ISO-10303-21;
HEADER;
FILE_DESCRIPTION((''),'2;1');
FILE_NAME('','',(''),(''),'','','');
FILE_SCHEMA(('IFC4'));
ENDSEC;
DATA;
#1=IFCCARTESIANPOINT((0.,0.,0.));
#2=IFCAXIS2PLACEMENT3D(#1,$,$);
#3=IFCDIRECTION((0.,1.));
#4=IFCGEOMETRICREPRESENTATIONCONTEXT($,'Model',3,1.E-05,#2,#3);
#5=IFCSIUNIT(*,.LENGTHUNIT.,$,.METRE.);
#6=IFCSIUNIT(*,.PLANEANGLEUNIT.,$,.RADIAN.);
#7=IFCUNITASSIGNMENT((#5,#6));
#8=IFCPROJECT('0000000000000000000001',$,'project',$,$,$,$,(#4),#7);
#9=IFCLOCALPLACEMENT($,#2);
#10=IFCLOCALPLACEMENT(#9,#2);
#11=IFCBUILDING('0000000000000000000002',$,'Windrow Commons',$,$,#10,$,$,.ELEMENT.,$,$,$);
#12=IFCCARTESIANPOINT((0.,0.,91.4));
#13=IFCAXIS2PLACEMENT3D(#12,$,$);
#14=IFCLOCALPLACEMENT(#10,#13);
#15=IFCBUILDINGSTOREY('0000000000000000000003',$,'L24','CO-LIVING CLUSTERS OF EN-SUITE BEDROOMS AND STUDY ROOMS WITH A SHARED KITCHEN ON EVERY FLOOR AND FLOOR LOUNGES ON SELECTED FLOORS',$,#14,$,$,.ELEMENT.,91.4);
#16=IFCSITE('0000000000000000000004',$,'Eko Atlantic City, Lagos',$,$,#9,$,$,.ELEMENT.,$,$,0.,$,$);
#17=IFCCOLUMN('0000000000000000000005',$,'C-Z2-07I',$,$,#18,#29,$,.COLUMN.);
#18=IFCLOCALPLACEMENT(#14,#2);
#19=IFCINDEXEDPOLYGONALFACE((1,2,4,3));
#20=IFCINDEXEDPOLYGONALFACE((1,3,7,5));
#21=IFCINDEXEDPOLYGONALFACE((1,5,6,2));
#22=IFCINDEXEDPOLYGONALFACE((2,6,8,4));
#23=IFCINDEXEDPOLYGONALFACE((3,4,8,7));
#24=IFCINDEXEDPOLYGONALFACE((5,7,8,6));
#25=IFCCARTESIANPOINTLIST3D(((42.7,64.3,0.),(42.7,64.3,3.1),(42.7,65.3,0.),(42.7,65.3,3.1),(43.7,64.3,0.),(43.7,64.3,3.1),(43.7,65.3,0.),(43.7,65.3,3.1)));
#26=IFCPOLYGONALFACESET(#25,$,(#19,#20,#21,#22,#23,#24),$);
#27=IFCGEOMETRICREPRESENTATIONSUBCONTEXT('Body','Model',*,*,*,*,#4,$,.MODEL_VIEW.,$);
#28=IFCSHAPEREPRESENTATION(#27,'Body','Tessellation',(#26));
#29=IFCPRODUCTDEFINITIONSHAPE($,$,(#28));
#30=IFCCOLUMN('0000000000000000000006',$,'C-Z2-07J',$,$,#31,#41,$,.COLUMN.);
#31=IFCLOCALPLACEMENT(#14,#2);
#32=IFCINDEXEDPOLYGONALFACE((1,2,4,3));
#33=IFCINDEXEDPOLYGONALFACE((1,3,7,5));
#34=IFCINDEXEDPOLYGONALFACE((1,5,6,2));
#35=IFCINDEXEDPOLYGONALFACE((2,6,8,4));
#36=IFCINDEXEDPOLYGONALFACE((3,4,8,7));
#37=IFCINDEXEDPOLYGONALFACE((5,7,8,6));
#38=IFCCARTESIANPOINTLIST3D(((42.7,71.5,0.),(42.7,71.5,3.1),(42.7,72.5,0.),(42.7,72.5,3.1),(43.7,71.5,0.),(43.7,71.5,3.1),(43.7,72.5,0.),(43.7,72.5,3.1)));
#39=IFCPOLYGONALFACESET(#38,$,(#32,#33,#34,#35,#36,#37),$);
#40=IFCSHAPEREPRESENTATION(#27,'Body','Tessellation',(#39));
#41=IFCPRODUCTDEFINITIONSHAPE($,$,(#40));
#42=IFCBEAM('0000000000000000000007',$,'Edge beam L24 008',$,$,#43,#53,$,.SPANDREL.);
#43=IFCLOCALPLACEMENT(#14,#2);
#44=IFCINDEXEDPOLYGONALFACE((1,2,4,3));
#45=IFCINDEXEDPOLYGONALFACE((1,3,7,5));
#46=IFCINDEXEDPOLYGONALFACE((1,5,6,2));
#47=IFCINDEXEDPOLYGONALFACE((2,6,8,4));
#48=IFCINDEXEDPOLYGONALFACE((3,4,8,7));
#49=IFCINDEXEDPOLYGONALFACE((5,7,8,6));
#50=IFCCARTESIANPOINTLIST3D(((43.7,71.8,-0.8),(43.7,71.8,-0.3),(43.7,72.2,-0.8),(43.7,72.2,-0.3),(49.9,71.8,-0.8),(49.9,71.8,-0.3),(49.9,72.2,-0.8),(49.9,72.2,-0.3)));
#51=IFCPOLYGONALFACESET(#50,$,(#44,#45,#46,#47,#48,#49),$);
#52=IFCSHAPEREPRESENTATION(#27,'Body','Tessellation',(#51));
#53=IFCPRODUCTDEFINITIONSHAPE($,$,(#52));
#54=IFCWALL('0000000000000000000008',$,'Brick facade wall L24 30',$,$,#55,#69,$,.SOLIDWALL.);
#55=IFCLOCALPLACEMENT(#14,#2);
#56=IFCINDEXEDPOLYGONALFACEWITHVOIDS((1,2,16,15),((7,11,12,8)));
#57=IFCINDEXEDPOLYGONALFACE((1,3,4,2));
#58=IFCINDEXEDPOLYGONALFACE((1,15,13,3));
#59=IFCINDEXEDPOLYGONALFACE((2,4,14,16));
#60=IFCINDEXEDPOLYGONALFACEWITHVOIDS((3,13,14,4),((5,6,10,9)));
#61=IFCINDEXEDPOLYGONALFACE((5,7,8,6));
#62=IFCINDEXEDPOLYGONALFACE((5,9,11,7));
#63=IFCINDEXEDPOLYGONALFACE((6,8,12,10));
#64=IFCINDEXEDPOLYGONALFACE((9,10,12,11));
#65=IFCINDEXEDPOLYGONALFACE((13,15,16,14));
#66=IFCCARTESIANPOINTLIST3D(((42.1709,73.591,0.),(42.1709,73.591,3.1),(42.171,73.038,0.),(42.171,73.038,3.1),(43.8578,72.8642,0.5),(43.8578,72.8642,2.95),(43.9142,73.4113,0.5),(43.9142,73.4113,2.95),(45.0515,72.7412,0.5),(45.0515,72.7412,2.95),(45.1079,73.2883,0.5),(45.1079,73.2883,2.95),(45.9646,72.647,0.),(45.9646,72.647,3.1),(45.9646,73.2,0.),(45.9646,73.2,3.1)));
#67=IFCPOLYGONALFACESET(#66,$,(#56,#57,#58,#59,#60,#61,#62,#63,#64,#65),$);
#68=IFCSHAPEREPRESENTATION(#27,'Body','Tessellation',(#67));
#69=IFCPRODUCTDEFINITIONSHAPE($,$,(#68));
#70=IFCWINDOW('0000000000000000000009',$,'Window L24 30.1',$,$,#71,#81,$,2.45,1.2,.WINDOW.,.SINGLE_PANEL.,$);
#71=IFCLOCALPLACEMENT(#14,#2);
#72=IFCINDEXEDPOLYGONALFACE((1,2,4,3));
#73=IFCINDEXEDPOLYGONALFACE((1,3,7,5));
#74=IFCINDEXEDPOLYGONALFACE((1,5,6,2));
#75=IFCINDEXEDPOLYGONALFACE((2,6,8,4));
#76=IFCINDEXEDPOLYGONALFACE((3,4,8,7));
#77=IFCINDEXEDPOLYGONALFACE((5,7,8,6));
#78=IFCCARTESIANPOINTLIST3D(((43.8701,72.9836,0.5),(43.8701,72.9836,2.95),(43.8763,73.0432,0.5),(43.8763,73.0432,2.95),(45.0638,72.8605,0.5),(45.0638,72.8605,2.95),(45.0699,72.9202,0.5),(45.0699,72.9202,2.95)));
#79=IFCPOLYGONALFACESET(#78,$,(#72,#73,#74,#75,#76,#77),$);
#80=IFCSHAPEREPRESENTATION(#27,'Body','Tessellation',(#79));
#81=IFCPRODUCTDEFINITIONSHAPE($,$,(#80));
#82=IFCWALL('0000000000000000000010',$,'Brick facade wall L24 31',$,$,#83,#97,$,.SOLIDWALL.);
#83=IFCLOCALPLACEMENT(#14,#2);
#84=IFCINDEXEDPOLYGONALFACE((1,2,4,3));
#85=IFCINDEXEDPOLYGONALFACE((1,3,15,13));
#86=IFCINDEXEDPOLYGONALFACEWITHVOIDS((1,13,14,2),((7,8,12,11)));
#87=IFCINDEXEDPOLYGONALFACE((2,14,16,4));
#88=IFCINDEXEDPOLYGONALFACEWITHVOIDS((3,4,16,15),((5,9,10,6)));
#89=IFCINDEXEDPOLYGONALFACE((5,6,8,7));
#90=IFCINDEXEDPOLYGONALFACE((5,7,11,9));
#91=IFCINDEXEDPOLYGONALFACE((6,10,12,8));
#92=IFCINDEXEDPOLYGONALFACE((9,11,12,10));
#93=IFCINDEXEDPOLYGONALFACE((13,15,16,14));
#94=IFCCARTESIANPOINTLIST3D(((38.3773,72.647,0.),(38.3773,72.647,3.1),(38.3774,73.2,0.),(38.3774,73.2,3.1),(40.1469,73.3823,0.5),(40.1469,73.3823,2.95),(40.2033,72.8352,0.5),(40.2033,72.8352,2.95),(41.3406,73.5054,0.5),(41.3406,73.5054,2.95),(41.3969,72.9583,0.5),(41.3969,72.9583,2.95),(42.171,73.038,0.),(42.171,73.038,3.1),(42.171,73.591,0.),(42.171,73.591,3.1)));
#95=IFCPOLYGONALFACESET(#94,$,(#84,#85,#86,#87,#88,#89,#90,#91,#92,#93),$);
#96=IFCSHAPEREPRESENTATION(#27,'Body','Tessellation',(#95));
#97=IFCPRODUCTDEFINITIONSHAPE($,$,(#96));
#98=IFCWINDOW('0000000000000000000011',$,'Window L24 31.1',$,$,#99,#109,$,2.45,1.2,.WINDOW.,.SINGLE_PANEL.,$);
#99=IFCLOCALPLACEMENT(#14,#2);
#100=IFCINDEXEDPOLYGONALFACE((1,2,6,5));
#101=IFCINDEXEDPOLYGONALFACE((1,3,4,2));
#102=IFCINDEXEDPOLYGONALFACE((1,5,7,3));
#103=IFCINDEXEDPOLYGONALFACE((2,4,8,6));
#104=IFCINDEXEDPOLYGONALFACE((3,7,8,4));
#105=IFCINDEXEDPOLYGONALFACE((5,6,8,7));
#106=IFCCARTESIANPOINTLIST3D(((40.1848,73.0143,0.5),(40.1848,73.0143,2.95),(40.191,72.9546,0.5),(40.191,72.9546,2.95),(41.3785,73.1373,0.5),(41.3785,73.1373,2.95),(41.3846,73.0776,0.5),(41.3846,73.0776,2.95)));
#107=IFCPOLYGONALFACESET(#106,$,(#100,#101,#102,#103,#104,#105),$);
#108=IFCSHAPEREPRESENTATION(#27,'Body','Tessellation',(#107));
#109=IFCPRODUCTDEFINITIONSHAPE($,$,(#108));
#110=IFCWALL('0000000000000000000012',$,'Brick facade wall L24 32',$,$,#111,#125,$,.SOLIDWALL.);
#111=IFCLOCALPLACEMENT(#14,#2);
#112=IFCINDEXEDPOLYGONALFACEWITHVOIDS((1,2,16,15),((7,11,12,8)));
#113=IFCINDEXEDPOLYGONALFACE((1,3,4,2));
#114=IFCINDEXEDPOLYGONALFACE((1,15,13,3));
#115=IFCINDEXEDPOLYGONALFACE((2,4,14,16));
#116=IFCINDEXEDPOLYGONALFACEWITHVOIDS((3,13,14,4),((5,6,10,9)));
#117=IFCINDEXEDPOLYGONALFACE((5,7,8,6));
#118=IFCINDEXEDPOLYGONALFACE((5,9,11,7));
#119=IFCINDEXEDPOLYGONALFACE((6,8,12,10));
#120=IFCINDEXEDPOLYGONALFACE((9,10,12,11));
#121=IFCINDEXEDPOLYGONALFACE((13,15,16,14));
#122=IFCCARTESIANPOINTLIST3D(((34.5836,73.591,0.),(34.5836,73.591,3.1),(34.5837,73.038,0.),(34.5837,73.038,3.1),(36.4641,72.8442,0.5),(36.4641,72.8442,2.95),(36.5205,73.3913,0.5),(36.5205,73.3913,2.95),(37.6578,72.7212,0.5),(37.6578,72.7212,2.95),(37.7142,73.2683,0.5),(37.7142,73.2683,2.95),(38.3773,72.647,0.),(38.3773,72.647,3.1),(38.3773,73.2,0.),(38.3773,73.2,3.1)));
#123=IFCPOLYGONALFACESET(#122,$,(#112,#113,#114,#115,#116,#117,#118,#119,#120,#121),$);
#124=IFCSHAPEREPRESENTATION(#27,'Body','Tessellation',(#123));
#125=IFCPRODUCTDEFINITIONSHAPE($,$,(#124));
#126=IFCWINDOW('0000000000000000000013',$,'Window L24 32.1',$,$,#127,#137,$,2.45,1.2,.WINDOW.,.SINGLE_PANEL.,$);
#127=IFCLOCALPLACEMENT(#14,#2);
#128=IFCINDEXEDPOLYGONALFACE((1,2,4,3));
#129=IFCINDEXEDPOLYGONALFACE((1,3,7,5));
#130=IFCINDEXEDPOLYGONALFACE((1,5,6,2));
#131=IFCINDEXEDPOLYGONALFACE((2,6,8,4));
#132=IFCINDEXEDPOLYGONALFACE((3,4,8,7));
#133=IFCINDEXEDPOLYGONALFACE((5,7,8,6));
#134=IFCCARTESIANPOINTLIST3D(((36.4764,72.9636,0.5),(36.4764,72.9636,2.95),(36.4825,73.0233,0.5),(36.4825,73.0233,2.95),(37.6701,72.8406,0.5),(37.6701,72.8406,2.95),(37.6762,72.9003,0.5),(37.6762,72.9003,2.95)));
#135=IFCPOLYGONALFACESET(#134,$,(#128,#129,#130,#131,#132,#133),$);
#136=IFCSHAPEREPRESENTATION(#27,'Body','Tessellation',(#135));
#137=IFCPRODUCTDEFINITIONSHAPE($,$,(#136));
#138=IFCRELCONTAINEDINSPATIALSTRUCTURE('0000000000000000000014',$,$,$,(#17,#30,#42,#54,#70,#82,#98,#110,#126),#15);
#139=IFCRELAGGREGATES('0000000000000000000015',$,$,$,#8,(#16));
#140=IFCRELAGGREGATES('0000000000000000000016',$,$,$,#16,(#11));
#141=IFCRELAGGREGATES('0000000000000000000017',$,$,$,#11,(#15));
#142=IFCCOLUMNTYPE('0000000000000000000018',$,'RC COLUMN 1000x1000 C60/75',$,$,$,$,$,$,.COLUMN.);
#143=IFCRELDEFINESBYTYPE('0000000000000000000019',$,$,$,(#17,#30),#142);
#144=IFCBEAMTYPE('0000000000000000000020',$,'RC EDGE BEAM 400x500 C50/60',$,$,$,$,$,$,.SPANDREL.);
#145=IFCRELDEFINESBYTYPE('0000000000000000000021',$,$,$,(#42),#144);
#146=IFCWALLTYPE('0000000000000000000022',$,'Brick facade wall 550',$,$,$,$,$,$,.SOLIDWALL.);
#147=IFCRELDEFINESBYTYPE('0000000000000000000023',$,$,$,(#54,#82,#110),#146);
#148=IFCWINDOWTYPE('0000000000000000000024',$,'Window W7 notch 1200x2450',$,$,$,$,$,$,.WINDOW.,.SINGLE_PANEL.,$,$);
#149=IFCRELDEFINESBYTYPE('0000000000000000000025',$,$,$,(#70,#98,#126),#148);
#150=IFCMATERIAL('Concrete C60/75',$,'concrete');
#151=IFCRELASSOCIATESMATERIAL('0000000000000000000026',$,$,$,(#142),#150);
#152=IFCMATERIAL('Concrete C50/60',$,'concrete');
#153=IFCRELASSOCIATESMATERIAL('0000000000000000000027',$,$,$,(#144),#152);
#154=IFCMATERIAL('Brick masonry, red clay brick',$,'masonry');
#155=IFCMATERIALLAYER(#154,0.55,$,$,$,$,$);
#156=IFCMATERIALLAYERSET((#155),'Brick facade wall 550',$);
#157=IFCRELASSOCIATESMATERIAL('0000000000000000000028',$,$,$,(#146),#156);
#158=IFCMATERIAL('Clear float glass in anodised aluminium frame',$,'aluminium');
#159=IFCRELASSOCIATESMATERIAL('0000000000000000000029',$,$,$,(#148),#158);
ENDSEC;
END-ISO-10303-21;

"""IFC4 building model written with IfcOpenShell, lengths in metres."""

from ifc_helpers import new_model, si_unit, direction, frame, frame_2d, origin, origin_2d, place, context, subcontext, project, spatial, polyline, rectangle, outline, extrude, material, layer, layer_set, material_profile, profile_set, type_object, element, fill, save


model = new_model("IFC4")

# Units and contexts
model_context = context("Model", 3, precision=1e-05, world=origin(), true_north=direction((0.0, 1.0)))
body_context = subcontext(model_context, "Body", "Model", "MODEL_VIEW")
ifc_project = project(units=[si_unit("LENGTHUNIT", "METRE"), si_unit("PLANEANGLEUNIT", "RADIAN")], contexts=[model_context])

# Site, building, storey
site_placement = place(None, origin())
site = spatial("IfcSite", under=ifc_project, at=site_placement, Name="Eko Atlantic City, Lagos", CompositionType="ELEMENT", RefElevation=0.0)
building_placement = place(site_placement, origin())
building = spatial("IfcBuilding", under=site, at=building_placement, Name="Windrow Commons", CompositionType="ELEMENT")
storey_placement = place(building_placement, frame((0.0, 0.0, 91.4)))
storey = spatial("IfcBuildingStorey", under=building, at=storey_placement, Name="L24", Description="CO-LIVING CLUSTERS OF EN-SUITE BEDROOMS AND STUDY ROOMS WITH A SHARED KITCHEN ON EVERY FLOOR AND FLOOR LOUNGES ON SELECTED FLOORS", CompositionType="ELEMENT", Elevation=91.4)

# Columns
ifc_material_1 = material(Name="Concrete C60/75", Category="concrete")
ifc_material_profile_1 = material_profile(ifc_material_1, rectangle(XDim=1.0, YDim=1.0, at=origin_2d()))
ifc_profile_set_1 = profile_set([ifc_material_profile_1], Name="Concrete C60/75")
column_type = type_object("IfcColumnType", Name="RC COLUMN 1000x1000 C60/75", PredefinedType="COLUMN", material=ifc_profile_set_1)
for number, where, z_axis, x_axis, name in (
    (1, (43.2, 64.8, 0.0), (0.0, 0.0, 1.0), (1.0, 0.0, 0.0), "C-Z2-07I"),
    (2, (43.2, 72.0, 0.0), (0.0, 0.0, 1.0), (1.0, 0.0, 0.0), "C-Z2-07J"),
):
    element("IfcColumn", number, at=place(storey_placement, frame(where, z_axis=z_axis, x_axis=x_axis)), inside=storey, type_object=column_type, Name=name, PredefinedType="COLUMN", context=body_context, shape_type="SweptSolid", body=[
        extrude(rectangle(XDim=1.0, YDim=1.0, at=origin_2d()), origin(), (0.0, 0.0, 1.0), 3.1),
    ])

# Beam
ifc_material_2 = material(Name="Concrete C50/60", Category="concrete")
ifc_material_profile_2 = material_profile(ifc_material_2, rectangle(XDim=0.4, YDim=0.5, at=origin_2d()))
ifc_profile_set_2 = profile_set([ifc_material_profile_2], Name="Concrete C50/60")
beam_type = type_object("IfcBeamType", Name="RC EDGE BEAM 400x500 C50/60", PredefinedType="SPANDREL", material=ifc_profile_set_2)
beam_placement = place(storey_placement, frame((43.7, 72.0, -0.55), z_axis=(1.0, 0.0, 0.0), x_axis=(0.0, 1.0, 0.0)))
element("IfcBeam", 3, at=beam_placement, inside=storey, type_object=beam_type, Name="Edge beam L24 008", PredefinedType="SPANDREL", context=body_context, shape_type="SweptSolid", body=[
    extrude(rectangle(XDim=0.4, YDim=0.5, at=origin_2d()), origin(), (0.0, 0.0, 1.0), 6.2),
])

# Walls, openings, windows
ifc_material_3 = material(Name="Brick masonry, red clay brick", Category="masonry")
ifc_layer_1 = layer(ifc_material_3, 0.55)
ifc_layer_set_1 = layer_set([ifc_layer_1], Name="Brick facade wall 550")
wall_type_1 = type_object("IfcWallType", Name="Brick facade wall 550", PredefinedType="SOLIDWALL", material=ifc_layer_set_1)
wall_1_placement = place(storey_placement, frame((45.9646, 72.9235, 0.0), z_axis=(0.0, 0.0, 1.0), x_axis=(-0.99473, 0.102525, 0.0)))
wall_1 = element("IfcWall", 4, at=wall_1_placement, inside=storey, type_object=wall_type_1, Name="Brick facade wall L24 30", PredefinedType="SOLIDWALL", context=body_context, shape_type="SweptSolid", body=[
    extrude(outline(polyline([(0.0283, -0.275), (3.8421, -0.275), (3.7854, 0.275), (-0.0283, 0.275), (0.0283, -0.275)])), origin(), (0.0, 0.0, 1.0), 3.1),
])
opening_1_placement = place(wall_1_placement, frame((0.8896, 0.0, 0.5)))
opening_1 = element("IfcOpeningElement", 5, at=opening_1_placement, cuts=wall_1, PredefinedType="OPENING", context=body_context, shape_type="SweptSolid", body=[
    extrude(rectangle(XDim=1.2, YDim=2.45, at=frame_2d((0.6, 1.225))), frame((0.0, 0.285, 0.0), z_axis=(0.0, -1.0, 0.0), x_axis=(1.0, 0.0, 0.0)), (0.0, 0.0, 1.0), 0.57),
])
ifc_material_4 = material(Name="Clear float glass in anodised aluminium frame", Category="aluminium")
window_type = type_object("IfcWindowType", Name="Window W7 notch 1200x2450", PartitioningType="SINGLE_PANEL", PredefinedType="WINDOW", material=ifc_material_4)
window_1_placement = place(opening_1_placement, origin())
window_1 = element("IfcWindow", 6, at=window_1_placement, inside=storey, type_object=window_type, Name="Window L24 30.1", OverallHeight=2.45, OverallWidth=1.2, PartitioningType="SINGLE_PANEL", PredefinedType="WINDOW", context=body_context, shape_type="SweptSolid", body=[
    extrude(rectangle(XDim=1.2, YDim=2.45, at=frame_2d((0.6, 1.225))), frame((0.0, 0.155, 0.0), z_axis=(0.0, -1.0, 0.0), x_axis=(1.0, 0.0, 0.0)), (0.0, 0.0, 1.0), 0.06),
])
fill(opening_1, window_1)
wall_2_placement = place(storey_placement, frame((42.171, 73.3145, 0.0), z_axis=(0.0, 0.0, 1.0), x_axis=(-0.994731, -0.102523, 0.0)))
wall_2 = element("IfcWall", 7, at=wall_2_placement, inside=storey, type_object=wall_type_1, Name="Brick facade wall L24 31", PredefinedType="SOLIDWALL", context=body_context, shape_type="SweptSolid", body=[
    extrude(outline(polyline([(-0.0283, -0.275), (3.7854, -0.275), (3.8421, 0.275), (0.0283, 0.275), (-0.0283, -0.275)])), origin(), (0.0, 0.0, 1.0), 3.1),
])
opening_2_placement = place(wall_2_placement, frame((0.8065, 0.0, 0.5)))
opening_2 = element("IfcOpeningElement", 8, at=opening_2_placement, cuts=wall_2, PredefinedType="OPENING", context=body_context, shape_type="SweptSolid", body=[
    extrude(rectangle(XDim=1.2, YDim=2.45, at=frame_2d((0.6, 1.225))), frame((0.0, 0.285, 0.0), z_axis=(0.0, -1.0, 0.0), x_axis=(1.0, 0.0, 0.0)), (0.0, 0.0, 1.0), 0.57),
])
window_2_placement = place(opening_2_placement, origin())
window_2 = element("IfcWindow", 9, at=window_2_placement, inside=storey, type_object=window_type, Name="Window L24 31.1", OverallHeight=2.45, OverallWidth=1.2, PartitioningType="SINGLE_PANEL", PredefinedType="WINDOW", context=body_context, shape_type="SweptSolid", body=[
    extrude(rectangle(XDim=1.2, YDim=2.45, at=frame_2d((0.6, 1.225))), frame((0.0, 0.155, 0.0), z_axis=(0.0, -1.0, 0.0), x_axis=(1.0, 0.0, 0.0)), (0.0, 0.0, 1.0), 0.06),
])
fill(opening_2, window_2)
wall_3_placement = place(storey_placement, frame((38.3773, 72.9235, 0.0), z_axis=(0.0, 0.0, 1.0), x_axis=(-0.994731, 0.102523, 0.0)))
wall_3 = element("IfcWall", 10, at=wall_3_placement, inside=storey, type_object=wall_type_1, Name="Brick facade wall L24 32", PredefinedType="SOLIDWALL", context=body_context, shape_type="SweptSolid", body=[
    extrude(outline(polyline([(0.0283, -0.275), (3.8421, -0.275), (3.7854, 0.275), (-0.0283, 0.275), (0.0283, -0.275)])), origin(), (0.0, 0.0, 1.0), 3.1),
])
opening_3_placement = place(wall_3_placement, frame((0.695, 0.0, 0.5)))
opening_3 = element("IfcOpeningElement", 11, at=opening_3_placement, cuts=wall_3, PredefinedType="OPENING", context=body_context, shape_type="SweptSolid", body=[
    extrude(rectangle(XDim=1.2, YDim=2.45, at=frame_2d((0.6, 1.225))), frame((0.0, 0.285, 0.0), z_axis=(0.0, -1.0, 0.0), x_axis=(1.0, 0.0, 0.0)), (0.0, 0.0, 1.0), 0.57),
])
window_3_placement = place(opening_3_placement, origin())
window_3 = element("IfcWindow", 12, at=window_3_placement, inside=storey, type_object=window_type, Name="Window L24 32.1", OverallHeight=2.45, OverallWidth=1.2, PartitioningType="SINGLE_PANEL", PredefinedType="WINDOW", context=body_context, shape_type="SweptSolid", body=[
    extrude(rectangle(XDim=1.2, YDim=2.45, at=frame_2d((0.6, 1.225))), frame((0.0, 0.155, 0.0), z_axis=(0.0, -1.0, 0.0), x_axis=(1.0, 0.0, 0.0)), (0.0, 0.0, 1.0), 0.06),
])
fill(opening_3, window_3)

save(model, "model.ifc")
